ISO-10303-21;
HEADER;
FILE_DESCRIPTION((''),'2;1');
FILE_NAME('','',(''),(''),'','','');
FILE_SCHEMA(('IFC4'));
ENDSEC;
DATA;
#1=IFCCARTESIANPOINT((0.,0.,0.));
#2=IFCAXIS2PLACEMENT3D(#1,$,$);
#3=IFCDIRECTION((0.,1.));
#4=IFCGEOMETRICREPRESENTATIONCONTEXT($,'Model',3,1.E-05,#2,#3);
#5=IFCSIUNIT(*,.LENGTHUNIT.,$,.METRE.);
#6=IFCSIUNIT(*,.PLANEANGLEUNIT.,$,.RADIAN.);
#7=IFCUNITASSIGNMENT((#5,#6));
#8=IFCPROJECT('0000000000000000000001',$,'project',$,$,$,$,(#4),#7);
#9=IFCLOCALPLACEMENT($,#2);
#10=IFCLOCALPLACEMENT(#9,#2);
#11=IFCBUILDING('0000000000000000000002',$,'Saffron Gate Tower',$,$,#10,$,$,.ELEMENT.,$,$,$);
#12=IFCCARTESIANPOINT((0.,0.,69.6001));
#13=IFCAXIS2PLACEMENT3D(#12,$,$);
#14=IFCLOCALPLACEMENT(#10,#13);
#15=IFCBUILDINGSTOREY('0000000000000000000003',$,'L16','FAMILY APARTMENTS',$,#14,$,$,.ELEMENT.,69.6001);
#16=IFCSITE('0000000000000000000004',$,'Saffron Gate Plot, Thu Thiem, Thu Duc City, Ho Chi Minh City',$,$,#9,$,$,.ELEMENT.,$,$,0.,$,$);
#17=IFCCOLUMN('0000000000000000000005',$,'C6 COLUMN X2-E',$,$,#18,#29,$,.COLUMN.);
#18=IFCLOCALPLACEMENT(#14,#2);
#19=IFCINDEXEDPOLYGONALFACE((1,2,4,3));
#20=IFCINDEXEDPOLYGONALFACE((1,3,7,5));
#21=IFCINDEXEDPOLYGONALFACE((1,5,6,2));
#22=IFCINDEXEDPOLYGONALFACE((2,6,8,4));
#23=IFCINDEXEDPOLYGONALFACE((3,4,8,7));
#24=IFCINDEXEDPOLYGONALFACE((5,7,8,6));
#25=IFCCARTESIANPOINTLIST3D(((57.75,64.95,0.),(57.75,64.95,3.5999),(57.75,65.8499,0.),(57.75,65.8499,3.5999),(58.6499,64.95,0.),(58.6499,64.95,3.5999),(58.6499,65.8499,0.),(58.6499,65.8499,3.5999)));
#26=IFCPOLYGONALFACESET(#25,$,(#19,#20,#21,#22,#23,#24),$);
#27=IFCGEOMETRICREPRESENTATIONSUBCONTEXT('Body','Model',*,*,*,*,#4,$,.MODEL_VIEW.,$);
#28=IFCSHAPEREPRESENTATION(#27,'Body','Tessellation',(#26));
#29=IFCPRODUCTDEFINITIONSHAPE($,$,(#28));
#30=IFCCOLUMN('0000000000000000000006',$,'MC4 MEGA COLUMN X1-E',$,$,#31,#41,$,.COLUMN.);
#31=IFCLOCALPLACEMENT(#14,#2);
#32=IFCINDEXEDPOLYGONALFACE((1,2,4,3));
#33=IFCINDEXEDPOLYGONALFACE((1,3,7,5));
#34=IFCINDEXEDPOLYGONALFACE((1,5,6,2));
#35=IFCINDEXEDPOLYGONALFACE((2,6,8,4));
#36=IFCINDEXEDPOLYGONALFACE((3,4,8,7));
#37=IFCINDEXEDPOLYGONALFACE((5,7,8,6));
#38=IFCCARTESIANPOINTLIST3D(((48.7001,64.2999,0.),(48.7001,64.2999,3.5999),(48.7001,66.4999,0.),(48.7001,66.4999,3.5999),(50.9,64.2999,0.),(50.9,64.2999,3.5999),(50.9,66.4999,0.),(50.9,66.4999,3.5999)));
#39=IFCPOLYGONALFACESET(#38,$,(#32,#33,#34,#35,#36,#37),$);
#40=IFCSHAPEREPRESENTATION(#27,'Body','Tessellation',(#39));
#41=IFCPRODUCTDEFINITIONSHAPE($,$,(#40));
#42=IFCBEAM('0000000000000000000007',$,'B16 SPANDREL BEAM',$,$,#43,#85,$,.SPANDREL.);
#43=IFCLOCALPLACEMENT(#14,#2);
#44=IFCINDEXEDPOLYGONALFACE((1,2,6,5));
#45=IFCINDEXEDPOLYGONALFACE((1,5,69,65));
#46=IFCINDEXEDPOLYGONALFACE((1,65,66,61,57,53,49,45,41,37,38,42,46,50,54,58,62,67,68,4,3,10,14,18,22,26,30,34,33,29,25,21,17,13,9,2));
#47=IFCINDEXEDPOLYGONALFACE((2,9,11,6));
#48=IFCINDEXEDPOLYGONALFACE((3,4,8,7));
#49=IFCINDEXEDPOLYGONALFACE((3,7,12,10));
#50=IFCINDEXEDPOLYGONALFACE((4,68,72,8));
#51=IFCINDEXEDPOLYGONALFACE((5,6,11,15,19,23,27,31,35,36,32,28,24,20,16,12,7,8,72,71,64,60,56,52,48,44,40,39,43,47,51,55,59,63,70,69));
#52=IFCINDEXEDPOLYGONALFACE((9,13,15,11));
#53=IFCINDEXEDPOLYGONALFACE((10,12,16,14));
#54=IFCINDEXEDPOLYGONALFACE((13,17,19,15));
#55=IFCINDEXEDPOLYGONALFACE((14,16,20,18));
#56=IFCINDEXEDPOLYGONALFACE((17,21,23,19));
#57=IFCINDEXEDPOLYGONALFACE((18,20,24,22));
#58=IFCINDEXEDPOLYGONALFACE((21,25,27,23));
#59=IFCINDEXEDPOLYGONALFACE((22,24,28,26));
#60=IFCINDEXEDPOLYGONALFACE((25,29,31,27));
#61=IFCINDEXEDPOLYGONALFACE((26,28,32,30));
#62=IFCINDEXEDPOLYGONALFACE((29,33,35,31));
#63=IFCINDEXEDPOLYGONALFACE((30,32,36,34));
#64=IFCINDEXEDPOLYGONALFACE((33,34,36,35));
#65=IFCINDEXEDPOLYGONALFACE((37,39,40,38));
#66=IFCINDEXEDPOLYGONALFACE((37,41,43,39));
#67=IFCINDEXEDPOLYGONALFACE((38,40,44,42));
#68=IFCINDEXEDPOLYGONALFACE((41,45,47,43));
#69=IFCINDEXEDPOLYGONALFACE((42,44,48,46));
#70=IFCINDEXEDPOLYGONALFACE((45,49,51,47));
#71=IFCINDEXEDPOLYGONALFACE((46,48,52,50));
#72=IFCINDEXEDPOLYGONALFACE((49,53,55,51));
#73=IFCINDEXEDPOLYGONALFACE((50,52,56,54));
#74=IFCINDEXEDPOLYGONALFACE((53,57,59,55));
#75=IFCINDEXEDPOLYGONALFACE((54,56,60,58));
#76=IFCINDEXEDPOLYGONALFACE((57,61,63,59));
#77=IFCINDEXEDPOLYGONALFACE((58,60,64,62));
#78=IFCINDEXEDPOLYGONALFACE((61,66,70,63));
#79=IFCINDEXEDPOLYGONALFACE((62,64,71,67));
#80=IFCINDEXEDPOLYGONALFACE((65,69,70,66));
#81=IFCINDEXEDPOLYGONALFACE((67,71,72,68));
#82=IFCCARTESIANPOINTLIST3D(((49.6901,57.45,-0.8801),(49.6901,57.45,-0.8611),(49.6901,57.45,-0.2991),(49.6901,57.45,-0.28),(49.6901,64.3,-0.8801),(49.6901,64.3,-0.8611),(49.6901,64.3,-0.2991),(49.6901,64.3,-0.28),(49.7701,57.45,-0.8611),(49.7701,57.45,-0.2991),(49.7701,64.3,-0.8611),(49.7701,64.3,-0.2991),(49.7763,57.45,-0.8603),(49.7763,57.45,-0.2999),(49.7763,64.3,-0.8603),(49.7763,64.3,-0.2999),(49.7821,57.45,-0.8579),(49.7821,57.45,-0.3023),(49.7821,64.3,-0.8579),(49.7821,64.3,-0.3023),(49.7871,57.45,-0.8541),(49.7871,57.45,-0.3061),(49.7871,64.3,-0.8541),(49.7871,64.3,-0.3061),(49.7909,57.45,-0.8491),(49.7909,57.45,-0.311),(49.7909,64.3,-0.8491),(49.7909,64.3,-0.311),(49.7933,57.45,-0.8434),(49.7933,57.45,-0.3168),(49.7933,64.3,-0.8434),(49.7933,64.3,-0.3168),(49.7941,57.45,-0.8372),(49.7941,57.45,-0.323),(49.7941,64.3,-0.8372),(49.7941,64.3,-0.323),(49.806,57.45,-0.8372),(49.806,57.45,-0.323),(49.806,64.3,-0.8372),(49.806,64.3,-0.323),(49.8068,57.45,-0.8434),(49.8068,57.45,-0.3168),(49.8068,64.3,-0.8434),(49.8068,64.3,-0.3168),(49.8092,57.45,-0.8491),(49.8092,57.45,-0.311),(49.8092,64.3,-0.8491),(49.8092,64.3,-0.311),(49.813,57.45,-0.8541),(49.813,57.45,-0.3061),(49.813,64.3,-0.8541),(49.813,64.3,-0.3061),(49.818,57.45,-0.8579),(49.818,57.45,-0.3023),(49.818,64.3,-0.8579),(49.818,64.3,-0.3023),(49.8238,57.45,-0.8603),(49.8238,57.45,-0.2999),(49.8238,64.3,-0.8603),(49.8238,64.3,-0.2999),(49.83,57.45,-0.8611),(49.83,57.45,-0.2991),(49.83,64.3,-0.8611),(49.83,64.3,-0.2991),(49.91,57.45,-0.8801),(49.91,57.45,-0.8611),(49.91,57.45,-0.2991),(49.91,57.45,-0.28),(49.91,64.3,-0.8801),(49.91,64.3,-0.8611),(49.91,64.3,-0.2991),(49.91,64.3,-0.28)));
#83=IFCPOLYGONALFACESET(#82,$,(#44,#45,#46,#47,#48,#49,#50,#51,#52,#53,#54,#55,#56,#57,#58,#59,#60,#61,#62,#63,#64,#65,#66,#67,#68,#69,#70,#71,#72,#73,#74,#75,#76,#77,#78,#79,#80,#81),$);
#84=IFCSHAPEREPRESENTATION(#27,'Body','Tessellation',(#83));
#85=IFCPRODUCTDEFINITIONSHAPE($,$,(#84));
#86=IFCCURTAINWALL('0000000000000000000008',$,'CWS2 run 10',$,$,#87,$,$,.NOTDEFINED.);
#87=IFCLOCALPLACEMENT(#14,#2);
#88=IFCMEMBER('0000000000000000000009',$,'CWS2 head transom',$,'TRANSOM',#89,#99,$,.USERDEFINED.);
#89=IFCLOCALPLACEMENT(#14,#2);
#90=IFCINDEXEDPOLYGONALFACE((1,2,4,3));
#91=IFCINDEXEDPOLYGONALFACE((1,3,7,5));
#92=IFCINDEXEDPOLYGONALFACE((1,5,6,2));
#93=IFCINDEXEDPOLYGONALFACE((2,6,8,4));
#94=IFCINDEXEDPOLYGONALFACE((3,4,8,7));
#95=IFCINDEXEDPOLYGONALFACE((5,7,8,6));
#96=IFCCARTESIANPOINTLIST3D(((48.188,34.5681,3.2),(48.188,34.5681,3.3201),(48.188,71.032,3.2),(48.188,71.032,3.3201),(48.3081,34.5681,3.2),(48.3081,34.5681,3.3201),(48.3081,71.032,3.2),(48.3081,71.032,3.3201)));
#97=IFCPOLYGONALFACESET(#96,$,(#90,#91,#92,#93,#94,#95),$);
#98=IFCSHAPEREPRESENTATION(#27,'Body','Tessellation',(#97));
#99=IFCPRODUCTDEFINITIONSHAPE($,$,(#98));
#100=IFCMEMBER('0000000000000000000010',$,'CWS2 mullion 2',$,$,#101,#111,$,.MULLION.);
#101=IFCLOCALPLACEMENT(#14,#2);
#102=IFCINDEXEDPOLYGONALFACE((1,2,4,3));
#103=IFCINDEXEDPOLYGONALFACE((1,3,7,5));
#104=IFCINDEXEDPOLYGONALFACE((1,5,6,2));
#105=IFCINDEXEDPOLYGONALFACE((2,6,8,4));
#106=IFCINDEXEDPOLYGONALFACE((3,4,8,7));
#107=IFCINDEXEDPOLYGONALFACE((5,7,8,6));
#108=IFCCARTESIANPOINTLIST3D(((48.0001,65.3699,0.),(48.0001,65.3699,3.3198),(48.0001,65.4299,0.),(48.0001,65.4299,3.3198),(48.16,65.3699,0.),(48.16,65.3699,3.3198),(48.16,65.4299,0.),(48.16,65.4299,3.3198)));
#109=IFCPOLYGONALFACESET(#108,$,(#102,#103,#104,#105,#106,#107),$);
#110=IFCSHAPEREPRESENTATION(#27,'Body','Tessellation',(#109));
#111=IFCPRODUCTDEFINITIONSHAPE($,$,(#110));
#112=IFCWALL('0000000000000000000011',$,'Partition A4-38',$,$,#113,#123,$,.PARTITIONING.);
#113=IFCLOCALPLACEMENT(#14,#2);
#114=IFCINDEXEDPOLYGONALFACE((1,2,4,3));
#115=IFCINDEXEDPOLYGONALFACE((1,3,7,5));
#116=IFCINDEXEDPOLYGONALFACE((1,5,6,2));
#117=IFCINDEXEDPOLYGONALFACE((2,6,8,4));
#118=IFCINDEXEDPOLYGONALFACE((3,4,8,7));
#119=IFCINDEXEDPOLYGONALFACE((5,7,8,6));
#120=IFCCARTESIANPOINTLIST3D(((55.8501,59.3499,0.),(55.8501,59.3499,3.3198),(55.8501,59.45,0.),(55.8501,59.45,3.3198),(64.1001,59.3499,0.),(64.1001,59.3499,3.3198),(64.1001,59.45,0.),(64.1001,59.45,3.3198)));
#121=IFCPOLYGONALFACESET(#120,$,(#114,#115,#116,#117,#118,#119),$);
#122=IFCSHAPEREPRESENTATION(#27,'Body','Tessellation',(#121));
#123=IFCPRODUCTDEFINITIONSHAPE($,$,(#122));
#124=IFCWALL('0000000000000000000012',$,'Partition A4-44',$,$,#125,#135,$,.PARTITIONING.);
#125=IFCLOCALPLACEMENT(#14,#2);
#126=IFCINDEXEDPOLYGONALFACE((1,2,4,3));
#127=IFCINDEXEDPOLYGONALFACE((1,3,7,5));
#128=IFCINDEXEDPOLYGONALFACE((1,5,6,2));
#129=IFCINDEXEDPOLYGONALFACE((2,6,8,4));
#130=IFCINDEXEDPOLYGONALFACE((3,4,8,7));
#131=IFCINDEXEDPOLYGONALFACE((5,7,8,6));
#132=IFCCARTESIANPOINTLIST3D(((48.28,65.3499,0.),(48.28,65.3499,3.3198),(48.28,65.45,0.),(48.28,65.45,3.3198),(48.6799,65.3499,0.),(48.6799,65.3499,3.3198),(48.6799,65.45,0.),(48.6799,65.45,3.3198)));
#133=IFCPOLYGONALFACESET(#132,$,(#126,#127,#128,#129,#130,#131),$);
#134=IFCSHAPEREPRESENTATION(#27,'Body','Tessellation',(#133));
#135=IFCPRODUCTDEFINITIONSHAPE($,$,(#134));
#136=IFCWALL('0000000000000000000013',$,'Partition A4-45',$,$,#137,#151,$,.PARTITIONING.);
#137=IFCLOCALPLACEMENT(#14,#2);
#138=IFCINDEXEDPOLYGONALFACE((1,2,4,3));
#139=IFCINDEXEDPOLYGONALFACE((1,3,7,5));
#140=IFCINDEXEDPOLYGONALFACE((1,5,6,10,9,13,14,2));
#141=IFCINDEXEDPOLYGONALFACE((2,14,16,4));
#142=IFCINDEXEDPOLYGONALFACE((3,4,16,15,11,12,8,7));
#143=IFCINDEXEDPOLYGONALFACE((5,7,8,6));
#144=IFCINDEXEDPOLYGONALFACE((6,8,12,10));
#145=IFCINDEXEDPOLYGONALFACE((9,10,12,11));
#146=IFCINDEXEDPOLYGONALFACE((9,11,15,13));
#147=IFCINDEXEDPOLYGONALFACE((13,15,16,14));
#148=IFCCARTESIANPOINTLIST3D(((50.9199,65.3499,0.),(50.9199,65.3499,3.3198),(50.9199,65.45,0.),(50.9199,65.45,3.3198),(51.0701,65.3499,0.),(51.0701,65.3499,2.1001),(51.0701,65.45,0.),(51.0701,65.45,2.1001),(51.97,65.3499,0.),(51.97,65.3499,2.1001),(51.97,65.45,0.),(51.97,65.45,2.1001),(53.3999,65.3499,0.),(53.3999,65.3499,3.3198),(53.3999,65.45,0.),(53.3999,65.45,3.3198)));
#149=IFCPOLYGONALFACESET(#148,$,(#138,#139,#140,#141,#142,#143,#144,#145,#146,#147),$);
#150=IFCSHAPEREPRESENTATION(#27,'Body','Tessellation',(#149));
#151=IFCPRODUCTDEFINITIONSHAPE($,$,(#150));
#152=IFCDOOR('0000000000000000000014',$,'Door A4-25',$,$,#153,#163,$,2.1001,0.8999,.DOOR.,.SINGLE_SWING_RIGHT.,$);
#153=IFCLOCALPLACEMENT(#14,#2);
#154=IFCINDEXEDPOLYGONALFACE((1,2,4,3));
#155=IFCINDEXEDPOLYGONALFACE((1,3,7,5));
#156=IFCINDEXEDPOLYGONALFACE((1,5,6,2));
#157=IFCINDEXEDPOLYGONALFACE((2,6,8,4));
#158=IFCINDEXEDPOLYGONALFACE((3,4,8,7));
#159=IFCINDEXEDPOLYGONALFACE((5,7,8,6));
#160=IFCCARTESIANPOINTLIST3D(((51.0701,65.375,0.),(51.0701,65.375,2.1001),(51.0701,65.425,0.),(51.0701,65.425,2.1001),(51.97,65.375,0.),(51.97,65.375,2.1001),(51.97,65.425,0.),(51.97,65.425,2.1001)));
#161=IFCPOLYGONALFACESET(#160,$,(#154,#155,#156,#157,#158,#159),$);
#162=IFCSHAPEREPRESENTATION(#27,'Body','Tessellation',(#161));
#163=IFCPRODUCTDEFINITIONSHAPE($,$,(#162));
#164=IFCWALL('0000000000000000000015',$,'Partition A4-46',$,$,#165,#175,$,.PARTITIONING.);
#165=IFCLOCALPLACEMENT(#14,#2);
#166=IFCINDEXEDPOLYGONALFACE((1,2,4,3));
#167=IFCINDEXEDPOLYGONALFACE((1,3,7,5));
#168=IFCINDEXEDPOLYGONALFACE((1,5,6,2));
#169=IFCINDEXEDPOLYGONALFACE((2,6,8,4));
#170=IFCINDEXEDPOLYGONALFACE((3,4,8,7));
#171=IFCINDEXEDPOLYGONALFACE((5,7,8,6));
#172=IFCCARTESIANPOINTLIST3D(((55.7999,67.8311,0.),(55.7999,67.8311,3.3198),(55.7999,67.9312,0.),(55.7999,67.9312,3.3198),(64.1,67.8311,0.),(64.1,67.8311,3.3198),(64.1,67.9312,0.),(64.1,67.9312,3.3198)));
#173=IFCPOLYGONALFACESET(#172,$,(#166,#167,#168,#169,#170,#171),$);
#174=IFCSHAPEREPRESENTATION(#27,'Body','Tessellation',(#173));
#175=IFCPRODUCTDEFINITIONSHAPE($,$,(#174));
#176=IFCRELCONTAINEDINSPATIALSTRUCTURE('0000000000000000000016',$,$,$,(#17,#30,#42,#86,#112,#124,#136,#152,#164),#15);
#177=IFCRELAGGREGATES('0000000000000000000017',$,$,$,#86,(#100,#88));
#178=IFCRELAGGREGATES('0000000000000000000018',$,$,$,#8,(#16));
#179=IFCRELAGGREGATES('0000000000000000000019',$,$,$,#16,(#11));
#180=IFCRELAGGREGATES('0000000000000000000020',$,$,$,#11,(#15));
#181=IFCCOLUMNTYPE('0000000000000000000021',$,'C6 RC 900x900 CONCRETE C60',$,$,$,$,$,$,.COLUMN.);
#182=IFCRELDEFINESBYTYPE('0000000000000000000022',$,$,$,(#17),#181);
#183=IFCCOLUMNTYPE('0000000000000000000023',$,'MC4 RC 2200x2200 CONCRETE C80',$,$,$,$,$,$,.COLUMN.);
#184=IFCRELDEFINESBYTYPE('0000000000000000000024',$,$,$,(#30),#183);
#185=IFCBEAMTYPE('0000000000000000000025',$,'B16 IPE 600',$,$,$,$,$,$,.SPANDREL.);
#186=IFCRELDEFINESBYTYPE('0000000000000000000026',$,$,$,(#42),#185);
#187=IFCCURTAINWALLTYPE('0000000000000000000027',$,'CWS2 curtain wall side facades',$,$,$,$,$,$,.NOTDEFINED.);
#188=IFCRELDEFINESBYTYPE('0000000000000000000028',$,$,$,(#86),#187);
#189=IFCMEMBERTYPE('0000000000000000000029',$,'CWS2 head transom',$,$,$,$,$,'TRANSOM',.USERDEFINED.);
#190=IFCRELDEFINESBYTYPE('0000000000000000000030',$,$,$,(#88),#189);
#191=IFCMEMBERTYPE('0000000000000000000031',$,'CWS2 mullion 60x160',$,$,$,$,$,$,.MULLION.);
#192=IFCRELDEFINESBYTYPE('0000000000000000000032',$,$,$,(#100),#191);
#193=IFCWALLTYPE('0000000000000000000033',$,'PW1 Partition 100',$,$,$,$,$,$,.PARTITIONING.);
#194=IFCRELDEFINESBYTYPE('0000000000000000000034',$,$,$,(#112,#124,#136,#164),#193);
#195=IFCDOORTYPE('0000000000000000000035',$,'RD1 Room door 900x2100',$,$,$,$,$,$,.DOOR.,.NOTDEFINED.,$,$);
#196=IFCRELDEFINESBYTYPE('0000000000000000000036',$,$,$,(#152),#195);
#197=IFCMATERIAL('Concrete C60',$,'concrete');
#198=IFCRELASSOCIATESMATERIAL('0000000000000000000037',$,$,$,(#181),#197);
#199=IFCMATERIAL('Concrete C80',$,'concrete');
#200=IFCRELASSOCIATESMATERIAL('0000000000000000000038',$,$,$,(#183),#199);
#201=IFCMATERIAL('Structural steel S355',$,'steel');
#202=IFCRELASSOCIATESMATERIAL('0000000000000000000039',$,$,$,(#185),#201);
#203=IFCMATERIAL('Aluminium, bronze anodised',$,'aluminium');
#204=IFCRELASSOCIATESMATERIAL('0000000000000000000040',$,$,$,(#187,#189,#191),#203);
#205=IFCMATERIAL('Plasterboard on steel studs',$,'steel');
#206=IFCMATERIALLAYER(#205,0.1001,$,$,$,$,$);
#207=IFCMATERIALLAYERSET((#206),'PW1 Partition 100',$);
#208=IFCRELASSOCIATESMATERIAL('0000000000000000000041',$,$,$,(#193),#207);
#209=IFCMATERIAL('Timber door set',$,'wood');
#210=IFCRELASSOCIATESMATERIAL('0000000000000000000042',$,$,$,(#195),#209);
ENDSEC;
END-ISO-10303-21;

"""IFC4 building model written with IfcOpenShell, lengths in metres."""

from ifc_helpers import new_model, si_unit, direction, frame, frame_2d, origin, origin_2d, place, context, subcontext, project, spatial, rectangle, i_section, extrude, material, layer, layer_set, material_profile, profile_set, type_object, element, fill, aggregate, save


model = new_model("IFC4")

# Units and contexts
model_context = context("Model", 3, precision=1e-05, world=origin(), true_north=direction((0.0, 1.0)))
body_context = subcontext(model_context, "Body", "Model", "MODEL_VIEW")
ifc_project = project(units=[si_unit("LENGTHUNIT", "METRE"), si_unit("PLANEANGLEUNIT", "RADIAN")], contexts=[model_context])

# Site, building, storey
site_placement = place(None, origin())
site = spatial("IfcSite", under=ifc_project, at=site_placement, Name="Saffron Gate Plot, Thu Thiem, Thu Duc City, Ho Chi Minh City", CompositionType="ELEMENT", RefElevation=0.0)
building_placement = place(site_placement, origin())
building = spatial("IfcBuilding", under=site, at=building_placement, Name="Saffron Gate Tower", CompositionType="ELEMENT")
storey_placement = place(building_placement, frame((0.0, 0.0, 69.6001)))
storey = spatial("IfcBuildingStorey", under=building, at=storey_placement, Name="L16", Description="FAMILY APARTMENTS", CompositionType="ELEMENT", Elevation=69.6001)

# Columns
ifc_material_1 = material(Name="Concrete C60", Category="concrete")
ifc_material_profile_1 = material_profile(ifc_material_1, rectangle(XDim=0.8999, YDim=0.8999, at=origin_2d()))
ifc_profile_set_1 = profile_set([ifc_material_profile_1], Name="Concrete C60")
column_type_1 = type_object("IfcColumnType", Name="C6 RC 900x900 CONCRETE C60", PredefinedType="COLUMN", material=ifc_profile_set_1)
column_1_placement = place(storey_placement, frame((58.2, 65.3999, 0.0), z_axis=(0.0, 0.0, 1.0), x_axis=(1.0, 0.0, 0.0)))
element("IfcColumn", 1, at=column_1_placement, inside=storey, type_object=column_type_1, Name="C6 COLUMN X2-E", PredefinedType="COLUMN", context=body_context, shape_type="SweptSolid", body=[
    extrude(rectangle(XDim=0.8999, YDim=0.8999, at=origin_2d()), origin(), (0.0, 0.0, 1.0), 3.5999),
])
ifc_material_2 = material(Name="Concrete C80", Category="concrete")
ifc_material_profile_2 = material_profile(ifc_material_2, rectangle(XDim=2.2, YDim=2.2, at=origin_2d()))
ifc_profile_set_2 = profile_set([ifc_material_profile_2], Name="Concrete C80")
column_type_2 = type_object("IfcColumnType", Name="MC4 RC 2200x2200 CONCRETE C80", PredefinedType="COLUMN", material=ifc_profile_set_2)
column_2_placement = place(storey_placement, frame((49.8, 65.3999, 0.0), z_axis=(0.0, 0.0, 1.0), x_axis=(1.0, 0.0, 0.0)))
element("IfcColumn", 2, at=column_2_placement, inside=storey, type_object=column_type_2, Name="MC4 MEGA COLUMN X1-E", PredefinedType="COLUMN", context=body_context, shape_type="SweptSolid", body=[
    extrude(rectangle(XDim=2.2, YDim=2.2, at=origin_2d()), origin(), (0.0, 0.0, 1.0), 3.5999),
])

# Beam
ifc_material_3 = material(Name="Structural steel S355", Category="steel")
ifc_material_profile_3 = material_profile(ifc_material_3, i_section(OverallWidth=0.22, OverallDepth=0.6001, WebThickness=0.012, FlangeThickness=0.019, FilletRadius=0.0239, at=origin_2d()))
ifc_profile_set_3 = profile_set([ifc_material_profile_3], Name="Structural steel S355")
beam_type = type_object("IfcBeamType", Name="B16 IPE 600", PredefinedType="SPANDREL", material=ifc_profile_set_3)
beam_placement = place(storey_placement, frame((49.8, 57.45, -0.5801), z_axis=(0.0, 1.0, 0.0), x_axis=(-1.0, 0.0, 0.0)))
element("IfcBeam", 3, at=beam_placement, inside=storey, type_object=beam_type, Name="B16 SPANDREL BEAM", PredefinedType="SPANDREL", context=body_context, shape_type="SweptSolid", body=[
    extrude(i_section(OverallWidth=0.22, OverallDepth=0.6001, WebThickness=0.012, FlangeThickness=0.019, FilletRadius=0.0239, at=origin_2d()), origin(), (0.0, 0.0, 1.0), 6.8501),
])

# Curtain wall, members
ifc_material_4 = material(Name="Aluminium, bronze anodised", Category="aluminium")
curtain_wall_type = type_object("IfcCurtainWallType", Name="CWS2 curtain wall side facades", PredefinedType="NOTDEFINED", material=ifc_material_4)
curtain_wall_placement = place(storey_placement, origin())
curtain_wall = element("IfcCurtainWall", 4, at=curtain_wall_placement, inside=storey, type_object=curtain_wall_type, Name="CWS2 run 10", PredefinedType="NOTDEFINED")
ifc_material_profile_4 = material_profile(ifc_material_4, rectangle(XDim=0.1201, YDim=0.1201, at=origin_2d()))
ifc_profile_set_4 = profile_set([ifc_material_profile_4], Name="Aluminium, bronze anodised")
member_type_1 = type_object("IfcMemberType", Name="CWS2 head transom", ElementType="TRANSOM", PredefinedType="USERDEFINED", material=ifc_profile_set_4)
member_1_placement = place(storey_placement, frame((48.248, 71.032, 3.26), z_axis=(0.0, -1.0, 0.0), x_axis=(1.0, 0.0, 0.0)))
member_1 = element("IfcMember", 5, at=member_1_placement, type_object=member_type_1, Name="CWS2 head transom", ObjectType="TRANSOM", PredefinedType="USERDEFINED", context=body_context, shape_type="SweptSolid", body=[
    extrude(rectangle(XDim=0.1201, YDim=0.1201, at=origin_2d()), origin(), (0.0, 0.0, 1.0), 36.4639),
])
ifc_material_profile_5 = material_profile(ifc_material_4, rectangle(XDim=0.1599, YDim=0.0601, at=origin_2d()))
ifc_profile_set_5 = profile_set([ifc_material_profile_5], Name="Aluminium, bronze anodised")
member_type_2 = type_object("IfcMemberType", Name="CWS2 mullion 60x160", PredefinedType="MULLION", material=ifc_profile_set_5)
member_2_placement = place(storey_placement, frame((48.0801, 65.3999, 0.0), z_axis=(0.0, 0.0, 1.0), x_axis=(1.0, 0.0, 0.0)))
member_2 = element("IfcMember", 6, at=member_2_placement, type_object=member_type_2, Name="CWS2 mullion 2", PredefinedType="MULLION", context=body_context, shape_type="SweptSolid", body=[
    extrude(rectangle(XDim=0.1599, YDim=0.0601, at=origin_2d()), origin(), (0.0, 0.0, 1.0), 3.3198),
])
aggregate(curtain_wall, [member_2, member_1])

# Walls
ifc_material_5 = material(Name="Plasterboard on steel studs", Category="steel")
ifc_layer = layer(ifc_material_5, 0.1001)
ifc_layer_set = layer_set([ifc_layer], Name="PW1 Partition 100")
wall_type = type_object("IfcWallType", Name="PW1 Partition 100", PredefinedType="PARTITIONING", material=ifc_layer_set)
wall_1_placement = place(storey_placement, frame((55.8501, 59.3999, 0.0), z_axis=(0.0, 0.0, 1.0), x_axis=(1.0, 0.0, 0.0)))
element("IfcWall", 7, at=wall_1_placement, inside=storey, type_object=wall_type, Name="Partition A4-38", PredefinedType="PARTITIONING", context=body_context, shape_type="SweptSolid", body=[
    extrude(rectangle(XDim=8.25, YDim=0.1001, at=frame_2d((4.125, 0.0))), origin(), (0.0, 0.0, 1.0), 3.3198),
])
wall_2_placement = place(storey_placement, frame((48.28, 65.3999, 0.0), z_axis=(0.0, 0.0, 1.0), x_axis=(1.0, 0.0, 0.0)))
element("IfcWall", 8, at=wall_2_placement, inside=storey, type_object=wall_type, Name="Partition A4-44", PredefinedType="PARTITIONING", context=body_context, shape_type="SweptSolid", body=[
    extrude(rectangle(XDim=0.3999, YDim=0.1001, at=frame_2d((0.2, 0.0))), origin(), (0.0, 0.0, 1.0), 3.3198),
])

# Wall, opening, door
wall_3_placement = place(storey_placement, frame((53.3999, 65.3999, 0.0), z_axis=(0.0, 0.0, 1.0), x_axis=(-1.0, 0.0, 0.0)))
wall_3 = element("IfcWall", 9, at=wall_3_placement, inside=storey, type_object=wall_type, Name="Partition A4-45", PredefinedType="PARTITIONING", context=body_context, shape_type="SweptSolid", body=[
    extrude(rectangle(XDim=2.48, YDim=0.1001, at=frame_2d((1.24, 0.0))), origin(), (0.0, 0.0, 1.0), 3.3198),
])
opening_1_placement = place(wall_3_placement, frame((1.4299, 0.0, 0.0)))
opening_1 = element("IfcOpeningElement", 10, at=opening_1_placement, cuts=wall_3, PredefinedType="OPENING", context=body_context, shape_type="SweptSolid", body=[
    extrude(rectangle(XDim=0.8999, YDim=2.1001, at=frame_2d((0.45, 1.05))), frame((0.0, 0.0601, 0.0), z_axis=(0.0, -1.0, 0.0), x_axis=(1.0, 0.0, 0.0)), (0.0, 0.0, 1.0), 0.1201),
])
ifc_material_6 = material(Name="Timber door set", Category="wood")
door_type_1 = type_object("IfcDoorType", Name="RD1 Room door 900x2100", OperationType="NOTDEFINED", PredefinedType="DOOR", material=ifc_material_6)
door_1_placement = place(opening_1_placement, origin())
door_1 = element("IfcDoor", 11, at=door_1_placement, inside=storey, type_object=door_type_1, Name="Door A4-25", OperationType="SINGLE_SWING_RIGHT", OverallHeight=2.1001, OverallWidth=0.8999, PredefinedType="DOOR", context=body_context, shape_type="SweptSolid", body=[
    extrude(rectangle(XDim=0.8999, YDim=2.1001, at=frame_2d((0.45, 1.05))), frame((0.0, 0.0249, 0.0), z_axis=(0.0, -1.0, 0.0), x_axis=(1.0, 0.0, 0.0)), (0.0, 0.0, 1.0), 0.05),
])
fill(opening_1, door_1)

# Wall
wall_4_placement = place(storey_placement, frame((55.8, 67.8811, 0.0), z_axis=(0.0, 0.0, 1.0), x_axis=(1.0, 0.0, 0.0)))
element("IfcWall", 12, at=wall_4_placement, inside=storey, type_object=wall_type, Name="Partition A4-46", PredefinedType="PARTITIONING", context=body_context, shape_type="SweptSolid", body=[
    extrude(rectangle(XDim=8.3, YDim=0.1001, at=frame_2d((4.1499, 0.0))), origin(), (0.0, 0.0, 1.0), 3.3198),
])

save(model, "model.ifc")
